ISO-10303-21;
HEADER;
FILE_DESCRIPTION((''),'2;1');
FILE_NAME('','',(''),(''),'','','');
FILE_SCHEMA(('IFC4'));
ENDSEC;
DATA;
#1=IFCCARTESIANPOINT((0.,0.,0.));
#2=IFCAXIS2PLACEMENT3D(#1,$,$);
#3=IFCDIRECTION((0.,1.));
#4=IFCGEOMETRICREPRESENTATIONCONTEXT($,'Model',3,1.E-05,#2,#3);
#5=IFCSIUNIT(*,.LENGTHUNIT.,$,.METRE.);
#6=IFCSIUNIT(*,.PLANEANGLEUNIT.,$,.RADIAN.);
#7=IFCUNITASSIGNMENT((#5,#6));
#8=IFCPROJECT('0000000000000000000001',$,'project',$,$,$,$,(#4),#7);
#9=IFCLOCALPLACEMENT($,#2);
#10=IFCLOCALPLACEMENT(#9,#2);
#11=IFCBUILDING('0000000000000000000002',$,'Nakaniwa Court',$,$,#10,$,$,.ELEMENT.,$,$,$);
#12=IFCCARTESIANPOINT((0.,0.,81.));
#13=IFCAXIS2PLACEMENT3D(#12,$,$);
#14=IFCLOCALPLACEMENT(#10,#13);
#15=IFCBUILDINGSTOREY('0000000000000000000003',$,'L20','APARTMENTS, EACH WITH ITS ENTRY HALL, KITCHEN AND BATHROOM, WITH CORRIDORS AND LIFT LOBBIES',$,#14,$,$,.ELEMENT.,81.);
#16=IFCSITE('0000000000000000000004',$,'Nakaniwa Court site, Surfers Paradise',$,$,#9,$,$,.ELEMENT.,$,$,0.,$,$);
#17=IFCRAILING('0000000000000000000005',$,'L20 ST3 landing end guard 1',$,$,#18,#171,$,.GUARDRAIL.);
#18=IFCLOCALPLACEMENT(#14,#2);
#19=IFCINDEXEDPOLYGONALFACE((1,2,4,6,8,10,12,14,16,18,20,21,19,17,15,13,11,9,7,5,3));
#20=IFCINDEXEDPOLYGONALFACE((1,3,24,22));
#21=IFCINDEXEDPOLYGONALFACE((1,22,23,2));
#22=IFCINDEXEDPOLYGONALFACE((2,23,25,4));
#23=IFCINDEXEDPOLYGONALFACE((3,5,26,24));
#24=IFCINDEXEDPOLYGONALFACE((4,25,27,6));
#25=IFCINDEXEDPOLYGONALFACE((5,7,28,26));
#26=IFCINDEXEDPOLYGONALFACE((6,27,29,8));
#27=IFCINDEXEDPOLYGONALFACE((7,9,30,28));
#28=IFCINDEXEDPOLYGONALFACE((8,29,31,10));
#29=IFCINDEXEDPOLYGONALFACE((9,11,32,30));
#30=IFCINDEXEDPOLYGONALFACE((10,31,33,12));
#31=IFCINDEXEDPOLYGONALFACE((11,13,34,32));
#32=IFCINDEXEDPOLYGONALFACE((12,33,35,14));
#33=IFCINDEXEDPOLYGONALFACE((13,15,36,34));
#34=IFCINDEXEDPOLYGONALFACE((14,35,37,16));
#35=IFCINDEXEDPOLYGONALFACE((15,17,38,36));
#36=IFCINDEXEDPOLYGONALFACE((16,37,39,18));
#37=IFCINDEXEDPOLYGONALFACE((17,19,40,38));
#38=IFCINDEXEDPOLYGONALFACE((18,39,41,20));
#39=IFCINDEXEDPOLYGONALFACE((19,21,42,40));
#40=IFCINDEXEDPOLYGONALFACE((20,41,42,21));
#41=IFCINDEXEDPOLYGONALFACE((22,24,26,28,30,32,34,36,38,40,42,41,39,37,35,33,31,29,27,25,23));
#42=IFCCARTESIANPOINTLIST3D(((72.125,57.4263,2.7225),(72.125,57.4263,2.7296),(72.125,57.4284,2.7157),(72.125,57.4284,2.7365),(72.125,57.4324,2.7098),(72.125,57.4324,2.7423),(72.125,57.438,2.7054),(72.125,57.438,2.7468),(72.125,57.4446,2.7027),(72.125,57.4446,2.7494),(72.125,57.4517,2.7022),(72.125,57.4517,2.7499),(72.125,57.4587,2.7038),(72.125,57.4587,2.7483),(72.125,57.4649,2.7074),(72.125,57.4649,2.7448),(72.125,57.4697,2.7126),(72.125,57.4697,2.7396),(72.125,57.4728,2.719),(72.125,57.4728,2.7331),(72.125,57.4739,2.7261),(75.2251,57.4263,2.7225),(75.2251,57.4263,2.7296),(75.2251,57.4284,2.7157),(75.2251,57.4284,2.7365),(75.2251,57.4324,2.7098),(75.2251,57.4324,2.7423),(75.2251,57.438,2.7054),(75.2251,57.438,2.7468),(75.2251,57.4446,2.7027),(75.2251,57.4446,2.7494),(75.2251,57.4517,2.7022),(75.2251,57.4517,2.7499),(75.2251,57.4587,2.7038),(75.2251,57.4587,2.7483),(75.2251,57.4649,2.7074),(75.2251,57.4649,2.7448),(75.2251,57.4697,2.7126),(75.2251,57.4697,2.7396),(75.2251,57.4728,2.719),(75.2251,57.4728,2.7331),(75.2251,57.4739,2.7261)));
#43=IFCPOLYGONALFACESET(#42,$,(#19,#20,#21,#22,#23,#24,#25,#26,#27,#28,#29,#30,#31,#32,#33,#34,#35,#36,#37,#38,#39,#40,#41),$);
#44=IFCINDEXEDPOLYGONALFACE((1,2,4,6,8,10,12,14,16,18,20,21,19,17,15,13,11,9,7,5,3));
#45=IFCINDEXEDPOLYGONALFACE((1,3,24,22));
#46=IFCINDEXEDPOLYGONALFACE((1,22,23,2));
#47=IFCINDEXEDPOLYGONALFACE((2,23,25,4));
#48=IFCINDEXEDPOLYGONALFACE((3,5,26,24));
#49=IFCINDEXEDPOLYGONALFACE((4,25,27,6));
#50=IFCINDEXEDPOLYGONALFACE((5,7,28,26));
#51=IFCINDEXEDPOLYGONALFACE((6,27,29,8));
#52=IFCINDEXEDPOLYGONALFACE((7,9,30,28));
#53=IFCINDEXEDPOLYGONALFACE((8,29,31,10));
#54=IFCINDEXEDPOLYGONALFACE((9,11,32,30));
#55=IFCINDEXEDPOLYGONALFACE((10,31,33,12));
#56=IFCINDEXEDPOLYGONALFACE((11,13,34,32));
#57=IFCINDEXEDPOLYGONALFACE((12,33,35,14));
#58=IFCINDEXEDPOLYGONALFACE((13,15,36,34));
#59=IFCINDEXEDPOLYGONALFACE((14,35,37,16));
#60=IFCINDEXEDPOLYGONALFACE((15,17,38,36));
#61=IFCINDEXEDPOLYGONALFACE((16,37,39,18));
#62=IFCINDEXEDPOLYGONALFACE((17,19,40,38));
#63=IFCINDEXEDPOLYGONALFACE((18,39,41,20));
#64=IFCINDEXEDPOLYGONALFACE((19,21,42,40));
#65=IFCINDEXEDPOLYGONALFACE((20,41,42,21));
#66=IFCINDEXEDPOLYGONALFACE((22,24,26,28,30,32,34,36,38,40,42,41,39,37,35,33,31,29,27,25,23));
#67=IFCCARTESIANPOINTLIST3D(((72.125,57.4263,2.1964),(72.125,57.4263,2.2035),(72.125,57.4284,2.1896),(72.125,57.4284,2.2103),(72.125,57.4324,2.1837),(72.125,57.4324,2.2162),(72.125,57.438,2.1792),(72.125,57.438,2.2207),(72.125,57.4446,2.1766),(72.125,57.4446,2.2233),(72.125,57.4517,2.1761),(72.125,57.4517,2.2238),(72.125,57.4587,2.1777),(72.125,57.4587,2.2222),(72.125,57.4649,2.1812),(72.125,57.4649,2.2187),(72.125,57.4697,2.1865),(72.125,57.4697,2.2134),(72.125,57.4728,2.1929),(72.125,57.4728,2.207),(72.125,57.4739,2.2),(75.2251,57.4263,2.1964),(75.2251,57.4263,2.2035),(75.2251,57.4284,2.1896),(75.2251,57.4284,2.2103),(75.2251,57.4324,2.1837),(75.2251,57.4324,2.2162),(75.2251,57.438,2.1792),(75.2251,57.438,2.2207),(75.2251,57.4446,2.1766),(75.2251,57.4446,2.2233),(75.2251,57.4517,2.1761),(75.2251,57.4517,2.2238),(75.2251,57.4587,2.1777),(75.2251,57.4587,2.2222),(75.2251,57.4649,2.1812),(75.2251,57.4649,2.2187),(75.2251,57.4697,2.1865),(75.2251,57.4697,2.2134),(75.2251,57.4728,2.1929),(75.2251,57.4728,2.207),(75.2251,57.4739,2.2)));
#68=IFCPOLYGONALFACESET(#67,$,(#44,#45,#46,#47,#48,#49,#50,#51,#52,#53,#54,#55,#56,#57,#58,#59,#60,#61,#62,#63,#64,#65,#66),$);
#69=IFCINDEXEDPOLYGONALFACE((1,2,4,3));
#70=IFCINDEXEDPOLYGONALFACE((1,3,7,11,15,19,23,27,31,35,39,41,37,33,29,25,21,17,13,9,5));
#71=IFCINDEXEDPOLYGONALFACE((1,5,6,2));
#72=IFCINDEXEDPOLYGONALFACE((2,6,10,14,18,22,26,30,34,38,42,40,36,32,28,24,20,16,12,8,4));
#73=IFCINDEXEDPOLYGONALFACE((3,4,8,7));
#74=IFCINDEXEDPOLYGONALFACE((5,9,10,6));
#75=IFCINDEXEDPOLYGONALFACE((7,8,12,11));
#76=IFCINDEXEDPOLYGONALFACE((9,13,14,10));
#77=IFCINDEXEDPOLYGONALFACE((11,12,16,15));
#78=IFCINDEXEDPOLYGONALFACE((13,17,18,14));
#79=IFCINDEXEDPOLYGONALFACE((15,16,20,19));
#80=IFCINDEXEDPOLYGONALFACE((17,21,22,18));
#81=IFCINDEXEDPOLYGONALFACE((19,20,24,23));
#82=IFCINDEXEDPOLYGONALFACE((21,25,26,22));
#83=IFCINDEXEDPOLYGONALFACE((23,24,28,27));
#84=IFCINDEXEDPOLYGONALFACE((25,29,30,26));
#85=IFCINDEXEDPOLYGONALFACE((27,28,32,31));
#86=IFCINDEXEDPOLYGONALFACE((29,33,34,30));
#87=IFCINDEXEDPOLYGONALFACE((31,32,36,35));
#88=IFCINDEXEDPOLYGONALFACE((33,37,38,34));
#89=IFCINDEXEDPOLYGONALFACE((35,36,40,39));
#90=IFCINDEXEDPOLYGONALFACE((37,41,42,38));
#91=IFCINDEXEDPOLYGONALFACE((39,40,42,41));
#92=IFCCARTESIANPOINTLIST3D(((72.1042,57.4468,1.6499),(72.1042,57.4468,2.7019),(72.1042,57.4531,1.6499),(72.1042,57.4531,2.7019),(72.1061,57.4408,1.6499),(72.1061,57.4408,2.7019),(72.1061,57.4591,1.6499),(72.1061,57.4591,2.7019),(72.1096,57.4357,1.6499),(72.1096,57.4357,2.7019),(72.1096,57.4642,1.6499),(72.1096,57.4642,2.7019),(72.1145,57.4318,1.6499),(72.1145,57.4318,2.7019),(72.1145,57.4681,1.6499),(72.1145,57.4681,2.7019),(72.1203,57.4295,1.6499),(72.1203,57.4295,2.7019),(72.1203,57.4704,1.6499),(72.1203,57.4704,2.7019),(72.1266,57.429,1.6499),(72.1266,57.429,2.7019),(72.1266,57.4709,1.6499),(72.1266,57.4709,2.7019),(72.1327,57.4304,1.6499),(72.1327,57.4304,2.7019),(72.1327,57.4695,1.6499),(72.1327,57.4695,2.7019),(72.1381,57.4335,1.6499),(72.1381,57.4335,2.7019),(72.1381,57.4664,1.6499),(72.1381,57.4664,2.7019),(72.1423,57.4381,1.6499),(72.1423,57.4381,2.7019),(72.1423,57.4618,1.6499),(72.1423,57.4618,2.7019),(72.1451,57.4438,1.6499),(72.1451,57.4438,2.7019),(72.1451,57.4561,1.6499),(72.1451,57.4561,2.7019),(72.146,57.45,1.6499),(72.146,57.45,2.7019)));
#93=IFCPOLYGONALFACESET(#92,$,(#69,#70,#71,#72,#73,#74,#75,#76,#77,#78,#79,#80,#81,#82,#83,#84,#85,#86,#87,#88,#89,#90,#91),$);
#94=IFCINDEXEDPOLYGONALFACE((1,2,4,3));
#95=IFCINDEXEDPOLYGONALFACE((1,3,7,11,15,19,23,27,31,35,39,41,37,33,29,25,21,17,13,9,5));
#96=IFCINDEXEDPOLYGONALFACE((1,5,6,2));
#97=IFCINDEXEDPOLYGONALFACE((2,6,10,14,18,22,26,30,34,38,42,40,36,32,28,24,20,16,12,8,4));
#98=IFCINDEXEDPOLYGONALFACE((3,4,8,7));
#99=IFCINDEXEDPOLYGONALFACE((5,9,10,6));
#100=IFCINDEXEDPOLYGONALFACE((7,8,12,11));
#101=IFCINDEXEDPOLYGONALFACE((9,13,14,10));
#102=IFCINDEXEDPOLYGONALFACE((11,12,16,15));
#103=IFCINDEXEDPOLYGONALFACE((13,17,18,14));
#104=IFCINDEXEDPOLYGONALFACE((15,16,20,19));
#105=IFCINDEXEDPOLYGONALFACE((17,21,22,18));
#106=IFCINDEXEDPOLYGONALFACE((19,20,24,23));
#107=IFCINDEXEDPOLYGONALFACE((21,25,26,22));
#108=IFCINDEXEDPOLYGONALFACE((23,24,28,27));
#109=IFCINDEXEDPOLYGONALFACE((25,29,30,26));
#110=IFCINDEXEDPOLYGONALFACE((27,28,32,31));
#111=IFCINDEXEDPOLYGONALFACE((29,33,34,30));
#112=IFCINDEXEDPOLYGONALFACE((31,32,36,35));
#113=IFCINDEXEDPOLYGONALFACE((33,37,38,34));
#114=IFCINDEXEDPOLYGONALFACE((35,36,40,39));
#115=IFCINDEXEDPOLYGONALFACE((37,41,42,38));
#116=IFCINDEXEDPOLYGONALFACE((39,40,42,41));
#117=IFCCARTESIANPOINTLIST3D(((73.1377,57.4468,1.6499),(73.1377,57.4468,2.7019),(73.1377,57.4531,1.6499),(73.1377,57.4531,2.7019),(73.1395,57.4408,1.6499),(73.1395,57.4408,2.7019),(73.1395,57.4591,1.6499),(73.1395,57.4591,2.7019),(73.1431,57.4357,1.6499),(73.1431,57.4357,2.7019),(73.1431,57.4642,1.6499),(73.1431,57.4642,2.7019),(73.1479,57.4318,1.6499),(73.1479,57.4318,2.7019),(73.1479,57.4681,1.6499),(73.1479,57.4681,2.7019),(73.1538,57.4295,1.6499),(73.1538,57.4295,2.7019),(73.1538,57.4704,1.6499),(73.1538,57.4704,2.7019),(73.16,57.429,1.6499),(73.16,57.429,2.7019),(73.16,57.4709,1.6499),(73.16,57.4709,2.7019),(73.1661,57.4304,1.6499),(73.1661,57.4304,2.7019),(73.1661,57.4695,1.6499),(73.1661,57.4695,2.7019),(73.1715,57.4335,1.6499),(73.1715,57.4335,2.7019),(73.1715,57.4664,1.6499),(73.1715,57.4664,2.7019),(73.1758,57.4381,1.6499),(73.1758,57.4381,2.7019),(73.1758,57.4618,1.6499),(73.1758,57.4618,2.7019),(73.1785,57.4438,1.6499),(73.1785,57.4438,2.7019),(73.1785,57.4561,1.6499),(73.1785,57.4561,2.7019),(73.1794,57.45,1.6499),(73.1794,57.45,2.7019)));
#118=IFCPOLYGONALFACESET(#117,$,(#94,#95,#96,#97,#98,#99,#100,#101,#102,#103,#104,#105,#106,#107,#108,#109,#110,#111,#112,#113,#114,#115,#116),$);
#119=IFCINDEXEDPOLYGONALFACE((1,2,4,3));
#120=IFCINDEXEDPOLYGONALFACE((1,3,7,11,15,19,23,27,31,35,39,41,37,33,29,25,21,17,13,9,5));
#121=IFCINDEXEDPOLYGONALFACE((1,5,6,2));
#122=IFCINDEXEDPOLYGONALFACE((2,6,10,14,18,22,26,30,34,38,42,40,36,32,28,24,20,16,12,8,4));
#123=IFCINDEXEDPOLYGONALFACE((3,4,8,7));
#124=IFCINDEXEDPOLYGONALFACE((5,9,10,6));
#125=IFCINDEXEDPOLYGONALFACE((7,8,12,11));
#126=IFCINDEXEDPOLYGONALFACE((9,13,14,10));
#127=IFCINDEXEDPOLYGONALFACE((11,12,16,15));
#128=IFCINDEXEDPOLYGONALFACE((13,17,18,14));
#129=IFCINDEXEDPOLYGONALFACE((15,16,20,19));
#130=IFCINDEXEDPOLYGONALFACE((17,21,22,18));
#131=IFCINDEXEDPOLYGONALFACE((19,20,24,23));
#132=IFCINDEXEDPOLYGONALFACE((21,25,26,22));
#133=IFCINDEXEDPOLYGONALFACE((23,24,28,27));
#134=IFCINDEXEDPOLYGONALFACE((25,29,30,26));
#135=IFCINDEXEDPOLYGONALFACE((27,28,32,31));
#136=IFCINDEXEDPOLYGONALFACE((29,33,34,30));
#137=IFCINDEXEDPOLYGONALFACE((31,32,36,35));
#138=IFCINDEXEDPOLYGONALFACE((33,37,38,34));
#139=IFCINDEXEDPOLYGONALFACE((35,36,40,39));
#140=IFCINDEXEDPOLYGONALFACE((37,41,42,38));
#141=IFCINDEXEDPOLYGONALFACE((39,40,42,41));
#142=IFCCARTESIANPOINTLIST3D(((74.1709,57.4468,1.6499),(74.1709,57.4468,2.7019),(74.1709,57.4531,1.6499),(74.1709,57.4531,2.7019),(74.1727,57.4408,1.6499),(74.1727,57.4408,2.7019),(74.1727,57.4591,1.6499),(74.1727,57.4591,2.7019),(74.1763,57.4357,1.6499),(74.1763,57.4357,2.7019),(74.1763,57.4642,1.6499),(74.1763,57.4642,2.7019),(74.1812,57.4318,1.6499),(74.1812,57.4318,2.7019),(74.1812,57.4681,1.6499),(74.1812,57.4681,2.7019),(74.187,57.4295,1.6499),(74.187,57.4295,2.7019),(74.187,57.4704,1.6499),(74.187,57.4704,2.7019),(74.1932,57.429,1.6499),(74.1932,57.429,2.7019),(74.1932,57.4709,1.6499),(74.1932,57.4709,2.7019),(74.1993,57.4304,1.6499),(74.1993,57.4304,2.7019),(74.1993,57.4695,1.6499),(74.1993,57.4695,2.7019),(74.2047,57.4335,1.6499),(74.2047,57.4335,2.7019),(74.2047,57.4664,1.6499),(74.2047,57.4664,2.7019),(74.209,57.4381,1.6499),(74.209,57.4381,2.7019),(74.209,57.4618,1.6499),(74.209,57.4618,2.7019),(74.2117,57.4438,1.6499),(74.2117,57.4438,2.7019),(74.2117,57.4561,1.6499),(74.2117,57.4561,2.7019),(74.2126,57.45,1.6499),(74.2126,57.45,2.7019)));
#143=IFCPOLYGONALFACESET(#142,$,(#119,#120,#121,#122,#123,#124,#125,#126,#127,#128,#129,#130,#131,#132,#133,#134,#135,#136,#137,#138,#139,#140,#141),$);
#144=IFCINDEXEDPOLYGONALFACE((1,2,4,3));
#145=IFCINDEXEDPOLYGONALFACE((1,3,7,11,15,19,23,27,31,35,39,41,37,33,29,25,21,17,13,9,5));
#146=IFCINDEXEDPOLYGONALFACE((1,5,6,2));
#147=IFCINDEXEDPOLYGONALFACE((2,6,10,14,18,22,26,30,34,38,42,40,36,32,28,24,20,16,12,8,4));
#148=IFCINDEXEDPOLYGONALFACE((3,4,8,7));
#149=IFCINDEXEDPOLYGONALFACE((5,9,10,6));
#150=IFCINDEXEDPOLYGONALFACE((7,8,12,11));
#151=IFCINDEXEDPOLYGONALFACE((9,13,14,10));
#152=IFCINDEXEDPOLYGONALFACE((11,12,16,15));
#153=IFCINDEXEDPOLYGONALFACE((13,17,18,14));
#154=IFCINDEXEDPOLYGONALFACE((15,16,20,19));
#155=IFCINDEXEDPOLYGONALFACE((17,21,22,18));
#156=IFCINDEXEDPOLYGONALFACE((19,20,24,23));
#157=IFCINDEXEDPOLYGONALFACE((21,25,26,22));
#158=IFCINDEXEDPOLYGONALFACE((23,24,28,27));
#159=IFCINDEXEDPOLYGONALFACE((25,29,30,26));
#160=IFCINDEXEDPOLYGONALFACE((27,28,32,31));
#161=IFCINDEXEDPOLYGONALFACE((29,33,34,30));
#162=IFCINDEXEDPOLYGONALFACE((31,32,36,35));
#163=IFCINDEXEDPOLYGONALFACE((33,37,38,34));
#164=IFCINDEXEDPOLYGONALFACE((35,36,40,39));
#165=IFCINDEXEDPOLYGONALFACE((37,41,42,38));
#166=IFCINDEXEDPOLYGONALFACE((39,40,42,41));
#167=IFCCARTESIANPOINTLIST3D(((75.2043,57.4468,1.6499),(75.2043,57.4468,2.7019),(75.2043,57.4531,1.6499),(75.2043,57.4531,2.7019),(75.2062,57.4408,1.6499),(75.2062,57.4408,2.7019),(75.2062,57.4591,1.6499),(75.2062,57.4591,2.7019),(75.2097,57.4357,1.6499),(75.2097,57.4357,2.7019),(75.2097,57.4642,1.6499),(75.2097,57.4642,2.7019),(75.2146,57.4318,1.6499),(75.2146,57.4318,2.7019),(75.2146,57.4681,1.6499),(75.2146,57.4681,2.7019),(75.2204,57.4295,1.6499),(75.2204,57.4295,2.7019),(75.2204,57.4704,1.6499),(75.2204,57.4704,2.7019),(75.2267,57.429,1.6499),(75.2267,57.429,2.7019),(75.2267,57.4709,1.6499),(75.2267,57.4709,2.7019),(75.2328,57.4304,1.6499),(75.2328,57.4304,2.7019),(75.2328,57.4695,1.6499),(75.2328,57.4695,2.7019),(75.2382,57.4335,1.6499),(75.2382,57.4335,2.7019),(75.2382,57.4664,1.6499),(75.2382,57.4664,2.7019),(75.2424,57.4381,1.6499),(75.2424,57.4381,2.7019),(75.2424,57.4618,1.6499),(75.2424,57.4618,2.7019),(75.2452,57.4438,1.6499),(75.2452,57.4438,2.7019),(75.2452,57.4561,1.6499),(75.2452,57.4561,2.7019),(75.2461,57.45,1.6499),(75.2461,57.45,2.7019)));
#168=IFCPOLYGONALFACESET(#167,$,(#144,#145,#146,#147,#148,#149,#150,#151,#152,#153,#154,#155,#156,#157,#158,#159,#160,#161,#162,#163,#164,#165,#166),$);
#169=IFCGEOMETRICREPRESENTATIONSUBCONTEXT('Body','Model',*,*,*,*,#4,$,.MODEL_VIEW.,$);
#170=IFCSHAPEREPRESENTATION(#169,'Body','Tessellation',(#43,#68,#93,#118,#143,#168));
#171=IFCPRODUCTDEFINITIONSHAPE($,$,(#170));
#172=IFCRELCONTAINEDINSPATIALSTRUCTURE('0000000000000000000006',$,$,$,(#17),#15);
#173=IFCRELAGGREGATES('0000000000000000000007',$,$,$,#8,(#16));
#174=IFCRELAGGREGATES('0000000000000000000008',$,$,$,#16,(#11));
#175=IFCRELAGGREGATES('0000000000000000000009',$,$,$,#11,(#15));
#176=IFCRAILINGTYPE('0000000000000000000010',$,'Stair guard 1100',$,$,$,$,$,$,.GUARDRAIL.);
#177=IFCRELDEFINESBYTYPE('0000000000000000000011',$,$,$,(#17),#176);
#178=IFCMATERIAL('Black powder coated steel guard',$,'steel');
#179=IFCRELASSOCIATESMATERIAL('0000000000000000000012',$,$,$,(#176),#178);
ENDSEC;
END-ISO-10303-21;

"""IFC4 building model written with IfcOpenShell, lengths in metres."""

from ifc_helpers import new_model, si_unit, direction, frame, origin, origin_2d, place, context, subcontext, project, spatial, circle, extrude, material, type_object, element, save


model = new_model("IFC4")

# Units and contexts
model_context = context("Model", 3, precision=1e-05, world=origin(), true_north=direction((0.0, 1.0)))
body_context = subcontext(model_context, "Body", "Model", "MODEL_VIEW")
ifc_project = project(units=[si_unit("LENGTHUNIT", "METRE"), si_unit("PLANEANGLEUNIT", "RADIAN")], contexts=[model_context])

# Site, building, storey
site_placement = place(None, origin())
site = spatial("IfcSite", under=ifc_project, at=site_placement, Name="Nakaniwa Court site, Surfers Paradise", CompositionType="ELEMENT", RefElevation=0.0)
building_placement = place(site_placement, origin())
building = spatial("IfcBuilding", under=site, at=building_placement, Name="Nakaniwa Court", CompositionType="ELEMENT")
storey_placement = place(building_placement, frame((0.0, 0.0, 81.0)))
storey = spatial("IfcBuildingStorey", under=building, at=storey_placement, Name="L20", Description="APARTMENTS, EACH WITH ITS ENTRY HALL, KITCHEN AND BATHROOM, WITH CORRIDORS AND LIFT LOBBIES", CompositionType="ELEMENT", Elevation=81.0)

# Railing
ifc_material_1 = material(Name="Black powder coated steel guard", Category="steel")
railing_type_1 = type_object("IfcRailingType", Name="Stair guard 1100", PredefinedType="GUARDRAIL", material=ifc_material_1)
railing_1_placement = place(storey_placement, frame((72.125, 57.45, 1.6499)))
element("IfcRailing", 1, at=railing_1_placement, inside=storey, type_object=railing_type_1, Name="L20 ST3 landing end guard 1", PredefinedType="GUARDRAIL", context=body_context, shape_type="SweptSolid", body=[
    extrude(circle(Radius=0.0239, at=origin_2d()), frame((0.0, 0.0, 1.0762), z_axis=(1.0, 0.0, 0.0), x_axis=(0.0, 1.0, 0.0)), (0.0, 0.0, 1.0), 3.1001),
    extrude(circle(Radius=0.0239, at=origin_2d()), frame((0.0, 0.0, 0.55), z_axis=(1.0, 0.0, 0.0), x_axis=(0.0, 1.0, 0.0)), (0.0, 0.0, 1.0), 3.1001),
    extrude(circle(Radius=0.021, at=origin_2d()), origin(), (0.0, 0.0, 1.0), 1.052),
    extrude(circle(Radius=0.021, at=origin_2d()), frame((1.0334, 0.0, 0.0)), (0.0, 0.0, 1.0), 1.052),
    extrude(circle(Radius=0.021, at=origin_2d()), frame((2.0667, 0.0, 0.0)), (0.0, 0.0, 1.0), 1.052),
    extrude(circle(Radius=0.021, at=origin_2d()), frame((3.1001, 0.0, 0.0)), (0.0, 0.0, 1.0), 1.052),
])

save(model, "model.ifc")
